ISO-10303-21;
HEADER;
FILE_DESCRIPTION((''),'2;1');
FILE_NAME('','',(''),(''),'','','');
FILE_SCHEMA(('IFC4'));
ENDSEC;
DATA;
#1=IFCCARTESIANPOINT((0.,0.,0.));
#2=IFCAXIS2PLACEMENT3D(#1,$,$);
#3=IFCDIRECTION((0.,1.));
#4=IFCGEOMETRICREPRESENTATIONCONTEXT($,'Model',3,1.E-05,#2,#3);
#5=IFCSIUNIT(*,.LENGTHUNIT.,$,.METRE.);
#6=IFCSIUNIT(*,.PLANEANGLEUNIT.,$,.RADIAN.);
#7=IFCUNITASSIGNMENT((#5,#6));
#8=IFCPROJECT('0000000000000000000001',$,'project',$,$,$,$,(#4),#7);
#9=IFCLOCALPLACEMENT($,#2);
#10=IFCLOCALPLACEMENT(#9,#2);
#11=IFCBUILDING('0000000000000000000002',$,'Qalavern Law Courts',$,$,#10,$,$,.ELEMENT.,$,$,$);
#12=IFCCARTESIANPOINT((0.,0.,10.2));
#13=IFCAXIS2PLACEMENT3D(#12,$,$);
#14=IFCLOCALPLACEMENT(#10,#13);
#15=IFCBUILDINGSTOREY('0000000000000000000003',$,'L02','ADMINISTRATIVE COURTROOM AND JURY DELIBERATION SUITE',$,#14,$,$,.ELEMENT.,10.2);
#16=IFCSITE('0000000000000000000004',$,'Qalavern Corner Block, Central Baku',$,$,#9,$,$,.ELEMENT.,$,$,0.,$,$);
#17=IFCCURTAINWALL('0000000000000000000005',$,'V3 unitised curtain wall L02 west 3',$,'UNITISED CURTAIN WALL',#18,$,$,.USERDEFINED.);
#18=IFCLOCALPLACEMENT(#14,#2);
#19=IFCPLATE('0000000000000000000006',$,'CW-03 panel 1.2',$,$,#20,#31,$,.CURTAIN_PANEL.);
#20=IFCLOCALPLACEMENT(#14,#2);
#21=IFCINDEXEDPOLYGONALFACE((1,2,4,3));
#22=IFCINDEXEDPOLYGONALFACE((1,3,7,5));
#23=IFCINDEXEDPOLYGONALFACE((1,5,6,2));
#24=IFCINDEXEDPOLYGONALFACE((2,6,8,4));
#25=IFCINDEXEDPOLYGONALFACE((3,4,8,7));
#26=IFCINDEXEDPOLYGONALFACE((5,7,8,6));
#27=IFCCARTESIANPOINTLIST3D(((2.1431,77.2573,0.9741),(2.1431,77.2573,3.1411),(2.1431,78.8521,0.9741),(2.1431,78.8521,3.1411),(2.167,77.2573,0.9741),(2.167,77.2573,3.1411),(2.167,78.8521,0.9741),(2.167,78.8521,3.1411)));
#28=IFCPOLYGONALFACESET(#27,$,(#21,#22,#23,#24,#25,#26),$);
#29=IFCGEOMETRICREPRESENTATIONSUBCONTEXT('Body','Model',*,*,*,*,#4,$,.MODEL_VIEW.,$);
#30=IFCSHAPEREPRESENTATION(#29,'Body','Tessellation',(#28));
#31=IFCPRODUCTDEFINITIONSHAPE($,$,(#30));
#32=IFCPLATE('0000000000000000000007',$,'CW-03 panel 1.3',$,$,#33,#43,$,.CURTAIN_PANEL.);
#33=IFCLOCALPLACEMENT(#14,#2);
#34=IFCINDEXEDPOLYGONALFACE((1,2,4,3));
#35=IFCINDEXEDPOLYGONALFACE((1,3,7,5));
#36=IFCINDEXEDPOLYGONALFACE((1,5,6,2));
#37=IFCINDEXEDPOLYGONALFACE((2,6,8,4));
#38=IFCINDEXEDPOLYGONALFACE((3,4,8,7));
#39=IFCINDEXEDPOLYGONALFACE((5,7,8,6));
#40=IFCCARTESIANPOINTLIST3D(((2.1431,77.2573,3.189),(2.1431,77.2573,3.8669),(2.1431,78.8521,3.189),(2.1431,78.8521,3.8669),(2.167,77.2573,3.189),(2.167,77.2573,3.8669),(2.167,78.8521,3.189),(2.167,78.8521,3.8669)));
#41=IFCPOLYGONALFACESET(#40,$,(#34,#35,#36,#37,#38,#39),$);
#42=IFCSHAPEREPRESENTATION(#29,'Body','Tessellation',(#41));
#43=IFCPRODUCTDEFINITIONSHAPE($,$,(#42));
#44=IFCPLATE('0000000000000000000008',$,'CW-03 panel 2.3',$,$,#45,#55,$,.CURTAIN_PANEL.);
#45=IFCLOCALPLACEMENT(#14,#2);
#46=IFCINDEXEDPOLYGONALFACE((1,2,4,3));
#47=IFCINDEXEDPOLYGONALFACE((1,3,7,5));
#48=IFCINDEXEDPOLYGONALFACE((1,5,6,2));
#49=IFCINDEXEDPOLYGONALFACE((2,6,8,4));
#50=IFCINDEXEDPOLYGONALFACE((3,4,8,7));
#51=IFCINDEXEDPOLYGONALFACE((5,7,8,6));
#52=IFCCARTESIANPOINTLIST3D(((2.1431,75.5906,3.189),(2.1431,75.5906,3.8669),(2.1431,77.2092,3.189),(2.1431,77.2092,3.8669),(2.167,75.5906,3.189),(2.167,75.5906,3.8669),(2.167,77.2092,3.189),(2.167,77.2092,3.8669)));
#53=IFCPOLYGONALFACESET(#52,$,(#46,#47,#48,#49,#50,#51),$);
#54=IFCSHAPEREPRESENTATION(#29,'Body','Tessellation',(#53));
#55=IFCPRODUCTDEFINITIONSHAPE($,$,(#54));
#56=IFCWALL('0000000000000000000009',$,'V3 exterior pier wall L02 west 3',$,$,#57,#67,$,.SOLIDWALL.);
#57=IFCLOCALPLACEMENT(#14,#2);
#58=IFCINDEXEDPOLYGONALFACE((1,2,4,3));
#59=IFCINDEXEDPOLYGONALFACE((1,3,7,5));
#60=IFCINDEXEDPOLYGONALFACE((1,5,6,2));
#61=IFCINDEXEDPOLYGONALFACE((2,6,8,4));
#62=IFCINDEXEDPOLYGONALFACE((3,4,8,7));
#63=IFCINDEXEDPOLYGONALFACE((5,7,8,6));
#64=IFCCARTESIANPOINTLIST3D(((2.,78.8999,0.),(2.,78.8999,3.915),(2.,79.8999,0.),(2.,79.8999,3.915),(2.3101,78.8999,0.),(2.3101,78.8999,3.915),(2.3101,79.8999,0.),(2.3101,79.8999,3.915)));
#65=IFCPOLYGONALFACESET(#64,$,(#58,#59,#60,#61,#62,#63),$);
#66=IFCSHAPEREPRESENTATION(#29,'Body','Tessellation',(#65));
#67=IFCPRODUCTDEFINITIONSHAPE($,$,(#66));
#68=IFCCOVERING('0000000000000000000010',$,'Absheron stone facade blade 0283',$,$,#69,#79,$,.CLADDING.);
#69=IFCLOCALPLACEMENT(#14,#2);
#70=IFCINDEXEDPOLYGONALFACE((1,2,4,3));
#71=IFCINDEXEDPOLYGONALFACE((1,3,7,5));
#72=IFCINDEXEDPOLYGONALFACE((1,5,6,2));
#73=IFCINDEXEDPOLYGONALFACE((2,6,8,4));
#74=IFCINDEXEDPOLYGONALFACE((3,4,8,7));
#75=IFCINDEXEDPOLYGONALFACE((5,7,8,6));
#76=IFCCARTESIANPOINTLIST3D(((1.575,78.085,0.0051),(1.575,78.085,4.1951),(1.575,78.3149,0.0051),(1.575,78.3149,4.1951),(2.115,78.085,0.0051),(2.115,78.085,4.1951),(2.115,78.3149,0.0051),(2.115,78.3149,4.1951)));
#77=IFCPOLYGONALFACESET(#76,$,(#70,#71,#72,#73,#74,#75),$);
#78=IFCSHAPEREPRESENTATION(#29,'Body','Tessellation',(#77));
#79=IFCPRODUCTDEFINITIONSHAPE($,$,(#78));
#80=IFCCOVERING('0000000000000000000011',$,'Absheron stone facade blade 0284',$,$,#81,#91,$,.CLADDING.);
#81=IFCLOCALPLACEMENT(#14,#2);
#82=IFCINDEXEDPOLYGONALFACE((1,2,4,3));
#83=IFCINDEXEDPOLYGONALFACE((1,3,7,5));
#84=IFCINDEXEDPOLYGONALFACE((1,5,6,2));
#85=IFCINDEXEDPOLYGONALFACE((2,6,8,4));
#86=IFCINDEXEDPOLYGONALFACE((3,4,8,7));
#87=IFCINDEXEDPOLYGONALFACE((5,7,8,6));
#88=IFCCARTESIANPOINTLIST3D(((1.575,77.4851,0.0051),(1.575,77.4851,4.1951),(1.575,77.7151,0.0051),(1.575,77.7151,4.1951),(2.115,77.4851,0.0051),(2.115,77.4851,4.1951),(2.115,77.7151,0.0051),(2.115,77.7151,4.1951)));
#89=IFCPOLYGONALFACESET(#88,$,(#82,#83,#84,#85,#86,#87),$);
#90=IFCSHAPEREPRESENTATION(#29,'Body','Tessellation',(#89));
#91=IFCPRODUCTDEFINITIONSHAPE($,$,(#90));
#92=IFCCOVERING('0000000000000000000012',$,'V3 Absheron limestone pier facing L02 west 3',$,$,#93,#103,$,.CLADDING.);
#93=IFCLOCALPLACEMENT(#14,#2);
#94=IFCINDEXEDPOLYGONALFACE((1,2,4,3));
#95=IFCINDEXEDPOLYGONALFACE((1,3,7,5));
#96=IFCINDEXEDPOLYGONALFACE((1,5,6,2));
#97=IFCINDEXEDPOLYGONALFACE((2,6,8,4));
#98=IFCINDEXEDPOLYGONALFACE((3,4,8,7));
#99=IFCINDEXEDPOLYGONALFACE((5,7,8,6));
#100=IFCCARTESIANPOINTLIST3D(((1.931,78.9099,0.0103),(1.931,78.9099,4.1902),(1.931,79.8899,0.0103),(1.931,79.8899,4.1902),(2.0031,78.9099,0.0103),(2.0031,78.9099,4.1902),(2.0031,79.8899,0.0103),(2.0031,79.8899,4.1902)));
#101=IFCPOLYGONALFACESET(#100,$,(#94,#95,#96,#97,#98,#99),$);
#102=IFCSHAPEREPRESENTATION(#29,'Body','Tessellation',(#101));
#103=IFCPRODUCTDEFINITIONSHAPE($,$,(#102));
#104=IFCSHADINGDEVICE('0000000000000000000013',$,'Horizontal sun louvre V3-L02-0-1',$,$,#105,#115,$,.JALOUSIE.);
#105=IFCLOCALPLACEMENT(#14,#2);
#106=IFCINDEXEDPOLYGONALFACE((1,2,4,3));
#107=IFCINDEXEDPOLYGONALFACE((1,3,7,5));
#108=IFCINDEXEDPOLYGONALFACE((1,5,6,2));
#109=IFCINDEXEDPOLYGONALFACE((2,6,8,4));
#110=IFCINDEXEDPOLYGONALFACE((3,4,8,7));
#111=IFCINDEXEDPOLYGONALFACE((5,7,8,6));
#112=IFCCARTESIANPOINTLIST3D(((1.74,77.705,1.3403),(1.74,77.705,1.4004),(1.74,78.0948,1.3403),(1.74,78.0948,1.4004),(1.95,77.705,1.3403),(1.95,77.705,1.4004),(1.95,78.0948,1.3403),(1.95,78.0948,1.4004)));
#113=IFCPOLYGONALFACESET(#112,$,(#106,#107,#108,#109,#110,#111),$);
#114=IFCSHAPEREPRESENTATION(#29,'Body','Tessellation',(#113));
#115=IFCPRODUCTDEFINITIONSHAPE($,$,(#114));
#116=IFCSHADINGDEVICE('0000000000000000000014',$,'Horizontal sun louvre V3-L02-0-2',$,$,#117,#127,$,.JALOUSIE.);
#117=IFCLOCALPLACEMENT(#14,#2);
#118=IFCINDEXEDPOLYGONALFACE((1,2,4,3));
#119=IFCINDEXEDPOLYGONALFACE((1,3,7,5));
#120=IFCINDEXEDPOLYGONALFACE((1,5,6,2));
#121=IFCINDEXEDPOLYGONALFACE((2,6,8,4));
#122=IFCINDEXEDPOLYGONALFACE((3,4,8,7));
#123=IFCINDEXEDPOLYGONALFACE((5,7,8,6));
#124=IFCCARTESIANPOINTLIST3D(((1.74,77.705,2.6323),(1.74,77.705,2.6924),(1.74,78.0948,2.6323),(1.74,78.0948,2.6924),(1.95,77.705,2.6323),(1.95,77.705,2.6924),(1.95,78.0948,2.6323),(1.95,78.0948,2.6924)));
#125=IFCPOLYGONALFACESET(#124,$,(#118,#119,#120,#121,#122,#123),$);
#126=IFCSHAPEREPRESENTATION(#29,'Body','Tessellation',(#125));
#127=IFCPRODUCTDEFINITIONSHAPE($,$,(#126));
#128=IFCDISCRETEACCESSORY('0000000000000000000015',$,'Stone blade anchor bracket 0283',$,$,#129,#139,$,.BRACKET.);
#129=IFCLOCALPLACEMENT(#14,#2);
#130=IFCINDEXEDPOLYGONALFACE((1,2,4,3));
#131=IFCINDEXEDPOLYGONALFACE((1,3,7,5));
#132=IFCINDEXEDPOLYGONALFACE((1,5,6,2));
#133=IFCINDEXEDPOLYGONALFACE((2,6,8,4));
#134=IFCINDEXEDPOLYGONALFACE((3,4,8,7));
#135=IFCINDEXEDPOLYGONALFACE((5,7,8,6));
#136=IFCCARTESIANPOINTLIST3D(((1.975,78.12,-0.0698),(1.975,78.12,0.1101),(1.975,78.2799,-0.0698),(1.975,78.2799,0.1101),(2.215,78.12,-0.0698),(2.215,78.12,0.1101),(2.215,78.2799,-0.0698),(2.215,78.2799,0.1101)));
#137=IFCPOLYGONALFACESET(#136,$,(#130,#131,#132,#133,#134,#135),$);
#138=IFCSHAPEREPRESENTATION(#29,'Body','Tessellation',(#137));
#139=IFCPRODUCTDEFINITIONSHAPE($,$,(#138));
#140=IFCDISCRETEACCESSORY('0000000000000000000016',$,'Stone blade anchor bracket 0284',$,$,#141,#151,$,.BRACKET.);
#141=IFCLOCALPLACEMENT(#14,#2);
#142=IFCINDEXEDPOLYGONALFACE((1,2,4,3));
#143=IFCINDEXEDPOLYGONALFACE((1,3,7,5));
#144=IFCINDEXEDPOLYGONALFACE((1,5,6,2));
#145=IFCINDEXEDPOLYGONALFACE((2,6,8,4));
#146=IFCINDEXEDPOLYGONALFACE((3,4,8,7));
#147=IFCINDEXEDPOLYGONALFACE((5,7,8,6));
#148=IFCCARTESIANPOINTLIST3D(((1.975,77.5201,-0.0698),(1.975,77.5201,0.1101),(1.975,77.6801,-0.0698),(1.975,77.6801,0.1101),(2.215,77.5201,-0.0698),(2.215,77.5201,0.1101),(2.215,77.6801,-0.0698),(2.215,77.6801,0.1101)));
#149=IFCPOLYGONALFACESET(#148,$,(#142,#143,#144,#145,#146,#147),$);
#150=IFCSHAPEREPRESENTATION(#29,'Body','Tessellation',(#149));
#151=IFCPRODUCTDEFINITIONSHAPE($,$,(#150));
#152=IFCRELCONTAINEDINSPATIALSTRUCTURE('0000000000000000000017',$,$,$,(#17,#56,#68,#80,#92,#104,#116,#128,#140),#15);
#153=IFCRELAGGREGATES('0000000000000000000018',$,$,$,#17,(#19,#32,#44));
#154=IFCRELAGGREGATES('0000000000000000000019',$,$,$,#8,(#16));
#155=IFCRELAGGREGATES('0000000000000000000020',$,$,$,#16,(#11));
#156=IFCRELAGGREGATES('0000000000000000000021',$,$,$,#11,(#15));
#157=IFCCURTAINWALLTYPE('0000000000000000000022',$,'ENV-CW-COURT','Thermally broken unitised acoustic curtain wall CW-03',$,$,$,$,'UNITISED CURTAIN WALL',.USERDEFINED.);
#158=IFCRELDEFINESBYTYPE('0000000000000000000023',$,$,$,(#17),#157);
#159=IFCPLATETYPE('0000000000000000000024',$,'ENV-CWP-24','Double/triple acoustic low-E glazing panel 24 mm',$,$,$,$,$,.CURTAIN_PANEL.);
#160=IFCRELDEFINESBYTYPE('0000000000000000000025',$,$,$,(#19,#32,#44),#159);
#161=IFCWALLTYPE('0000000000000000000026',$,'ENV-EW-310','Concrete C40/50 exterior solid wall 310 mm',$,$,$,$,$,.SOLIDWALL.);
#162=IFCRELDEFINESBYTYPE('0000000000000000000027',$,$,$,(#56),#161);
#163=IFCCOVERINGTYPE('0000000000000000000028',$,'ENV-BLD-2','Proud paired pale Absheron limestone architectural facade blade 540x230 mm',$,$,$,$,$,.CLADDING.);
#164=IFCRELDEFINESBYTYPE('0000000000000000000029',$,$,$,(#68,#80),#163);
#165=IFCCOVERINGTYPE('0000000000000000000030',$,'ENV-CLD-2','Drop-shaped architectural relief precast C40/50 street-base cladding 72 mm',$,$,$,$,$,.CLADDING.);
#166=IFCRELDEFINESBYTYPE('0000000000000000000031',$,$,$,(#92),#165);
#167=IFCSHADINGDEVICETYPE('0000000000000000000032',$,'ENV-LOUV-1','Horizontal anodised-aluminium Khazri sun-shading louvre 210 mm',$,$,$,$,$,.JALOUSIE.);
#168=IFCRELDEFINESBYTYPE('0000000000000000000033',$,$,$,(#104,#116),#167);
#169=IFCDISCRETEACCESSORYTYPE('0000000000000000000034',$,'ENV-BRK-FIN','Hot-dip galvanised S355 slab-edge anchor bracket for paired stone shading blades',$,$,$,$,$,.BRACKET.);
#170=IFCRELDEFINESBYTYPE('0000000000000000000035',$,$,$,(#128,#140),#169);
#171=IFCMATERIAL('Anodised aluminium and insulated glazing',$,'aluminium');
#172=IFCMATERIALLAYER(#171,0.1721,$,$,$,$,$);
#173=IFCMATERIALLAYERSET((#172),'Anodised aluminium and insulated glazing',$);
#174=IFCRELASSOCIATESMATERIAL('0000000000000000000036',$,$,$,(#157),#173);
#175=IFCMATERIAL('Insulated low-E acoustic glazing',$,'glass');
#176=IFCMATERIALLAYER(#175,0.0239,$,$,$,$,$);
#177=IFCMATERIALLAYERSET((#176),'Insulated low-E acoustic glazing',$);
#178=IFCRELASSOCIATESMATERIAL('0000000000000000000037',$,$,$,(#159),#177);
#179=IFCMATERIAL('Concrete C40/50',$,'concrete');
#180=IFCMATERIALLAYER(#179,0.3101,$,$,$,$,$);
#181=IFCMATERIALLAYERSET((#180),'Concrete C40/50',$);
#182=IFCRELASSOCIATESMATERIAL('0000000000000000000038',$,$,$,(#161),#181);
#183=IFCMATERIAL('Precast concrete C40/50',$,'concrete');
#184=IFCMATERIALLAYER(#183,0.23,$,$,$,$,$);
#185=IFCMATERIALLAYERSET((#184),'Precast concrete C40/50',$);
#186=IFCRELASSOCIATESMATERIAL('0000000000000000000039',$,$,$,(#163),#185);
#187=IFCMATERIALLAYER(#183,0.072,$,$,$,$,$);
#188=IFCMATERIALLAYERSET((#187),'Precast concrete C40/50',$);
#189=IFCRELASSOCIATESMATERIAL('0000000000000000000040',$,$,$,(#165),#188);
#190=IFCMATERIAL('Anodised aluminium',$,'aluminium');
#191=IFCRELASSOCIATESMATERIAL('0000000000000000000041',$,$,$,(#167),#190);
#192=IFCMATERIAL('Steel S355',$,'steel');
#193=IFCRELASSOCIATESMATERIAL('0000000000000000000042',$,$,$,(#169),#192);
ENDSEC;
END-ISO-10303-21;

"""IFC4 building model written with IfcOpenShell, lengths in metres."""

from ifc_helpers import new_model, si_unit, direction, frame, frame_2d, origin, origin_2d, place, context, subcontext, project, spatial, rectangle, extrude, material, layer, layer_set, type_object, element, aggregate, save


model = new_model("IFC4")

# Units and contexts
model_context = context("Model", 3, precision=1e-05, world=origin(), true_north=direction((0.0, 1.0)))
body_context = subcontext(model_context, "Body", "Model", "MODEL_VIEW")
ifc_project = project(units=[si_unit("LENGTHUNIT", "METRE"), si_unit("PLANEANGLEUNIT", "RADIAN")], contexts=[model_context])

# Site, building, storey
site_placement = place(None, origin())
site = spatial("IfcSite", under=ifc_project, at=site_placement, Name="Qalavern Corner Block, Central Baku", CompositionType="ELEMENT", RefElevation=0.0)
building_placement = place(site_placement, origin())
building = spatial("IfcBuilding", under=site, at=building_placement, Name="Qalavern Law Courts", CompositionType="ELEMENT")
storey_placement = place(building_placement, frame((0.0, 0.0, 10.2)))
storey = spatial("IfcBuildingStorey", under=building, at=storey_placement, Name="L02", Description="ADMINISTRATIVE COURTROOM AND JURY DELIBERATION SUITE", CompositionType="ELEMENT", Elevation=10.2)

# Curtain wall, plates
ifc_material_1 = material(Name="Anodised aluminium and insulated glazing", Category="aluminium")
ifc_layer_1 = layer(ifc_material_1, 0.1721)
ifc_layer_set_1 = layer_set([ifc_layer_1], Name="Anodised aluminium and insulated glazing")
curtain_wall_type = type_object("IfcCurtainWallType", Name="ENV-CW-COURT", Description="Thermally broken unitised acoustic curtain wall CW-03", ElementType="UNITISED CURTAIN WALL", PredefinedType="USERDEFINED", material=ifc_layer_set_1)
curtain_wall_placement = place(storey_placement, origin())
curtain_wall = element("IfcCurtainWall", 1, at=curtain_wall_placement, inside=storey, type_object=curtain_wall_type, Name="V3 unitised curtain wall L02 west 3", ObjectType="UNITISED CURTAIN WALL", PredefinedType="USERDEFINED")
ifc_material_2 = material(Name="Anodised aluminium", Category="aluminium")
ifc_material_3 = material(Name="Insulated low-E acoustic glazing", Category="glass")
ifc_layer_2 = layer(ifc_material_3, 0.0239)
ifc_layer_set_2 = layer_set([ifc_layer_2], Name="Insulated low-E acoustic glazing")
plate_type = type_object("IfcPlateType", Name="ENV-CWP-24", Description="Double/triple acoustic low-E glazing panel 24 mm", PredefinedType="CURTAIN_PANEL", material=ifc_layer_set_2)
plate_1_placement = place(storey_placement, frame((2.155, 78.0547, 0.9741), z_axis=(0.0, 0.0, 1.0), x_axis=(0.0, -1.0, 0.0)))
plate_1 = element("IfcPlate", 2, at=plate_1_placement, type_object=plate_type, Name="CW-03 panel 1.2", PredefinedType="CURTAIN_PANEL", context=body_context, shape_type="SweptSolid", body=[
    extrude(rectangle(XDim=1.5947, YDim=0.0239, at=origin_2d()), origin(), (0.0, 0.0, 1.0), 2.167),
])
plate_2_placement = place(storey_placement, frame((2.155, 78.0547, 3.189), z_axis=(0.0, 0.0, 1.0), x_axis=(0.0, -1.0, 0.0)))
plate_2 = element("IfcPlate", 3, at=plate_2_placement, type_object=plate_type, Name="CW-03 panel 1.3", PredefinedType="CURTAIN_PANEL", context=body_context, shape_type="SweptSolid", body=[
    extrude(rectangle(XDim=1.5947, YDim=0.0239, at=origin_2d()), origin(), (0.0, 0.0, 1.0), 0.678),
])
plate_3_placement = place(storey_placement, frame((2.155, 76.3999, 3.189), z_axis=(0.0, 0.0, 1.0), x_axis=(0.0, -1.0, 0.0)))
plate_3 = element("IfcPlate", 4, at=plate_3_placement, type_object=plate_type, Name="CW-03 panel 2.3", PredefinedType="CURTAIN_PANEL", context=body_context, shape_type="SweptSolid", body=[
    extrude(rectangle(XDim=1.6187, YDim=0.0239, at=origin_2d()), origin(), (0.0, 0.0, 1.0), 0.678),
])
aggregate(curtain_wall, [plate_1, plate_2, plate_3])

# Wall
ifc_material_4 = material(Name="Concrete C40/50", Category="concrete")
ifc_layer_3 = layer(ifc_material_4, 0.3101)
ifc_layer_set_3 = layer_set([ifc_layer_3], Name="Concrete C40/50")
wall_type = type_object("IfcWallType", Name="ENV-EW-310", Description="Concrete C40/50 exterior solid wall 310 mm", PredefinedType="SOLIDWALL", material=ifc_layer_set_3)
wall_placement = place(storey_placement, frame((2.155, 79.8999, 0.0), z_axis=(0.0, 0.0, 1.0), x_axis=(0.0, -1.0, 0.0)))
element("IfcWall", 5, at=wall_placement, inside=storey, type_object=wall_type, Name="V3 exterior pier wall L02 west 3", PredefinedType="SOLIDWALL", context=body_context, shape_type="SweptSolid", body=[
    extrude(rectangle(XDim=1.0, YDim=0.3101, at=frame_2d((0.5, 0.0))), origin(), (0.0, 0.0, 1.0), 3.915),
])

# Coverings
ifc_material_5 = material(Name="Precast concrete C40/50", Category="concrete")
ifc_layer_4 = layer(ifc_material_5, 0.23)
ifc_layer_set_4 = layer_set([ifc_layer_4], Name="Precast concrete C40/50")
covering_type_1 = type_object("IfcCoveringType", Name="ENV-BLD-2", Description="Proud paired pale Absheron limestone architectural facade blade 540x230 mm", PredefinedType="CLADDING", material=ifc_layer_set_4)
for number, where, z_axis, x_axis, name in (
    (6, (1.845, 78.2, 0.0051), (0.0, 0.0, 1.0), (-1.0, 0.0, 0.0), "Absheron stone facade blade 0283"),
    (7, (1.845, 77.6001, 0.0051), (0.0, 0.0, 1.0), (-1.0, 0.0, 0.0), "Absheron stone facade blade 0284"),
):
    element("IfcCovering", number, at=place(storey_placement, frame(where, z_axis=z_axis, x_axis=x_axis)), inside=storey, type_object=covering_type_1, Name=name, PredefinedType="CLADDING", context=body_context, shape_type="SweptSolid", body=[
        extrude(rectangle(XDim=0.54, YDim=0.23, at=origin_2d()), origin(), (0.0, 0.0, 1.0), 4.1899),
    ])
ifc_layer_5 = layer(ifc_material_5, 0.072)
ifc_layer_set_5 = layer_set([ifc_layer_5], Name="Precast concrete C40/50")
covering_type_2 = type_object("IfcCoveringType", Name="ENV-CLD-2", Description="Drop-shaped architectural relief precast C40/50 street-base cladding 72 mm", PredefinedType="CLADDING", material=ifc_layer_set_5)
covering_placement = place(storey_placement, frame((1.967, 79.3999, 0.0103), z_axis=(0.0, 0.0, 1.0), x_axis=(0.0, -1.0, 0.0)))
element("IfcCovering", 8, at=covering_placement, inside=storey, type_object=covering_type_2, Name="V3 Absheron limestone pier facing L02 west 3", PredefinedType="CLADDING", context=body_context, shape_type="SweptSolid", body=[
    extrude(rectangle(XDim=0.98, YDim=0.072, at=origin_2d()), origin(), (0.0, 0.0, 1.0), 4.1799),
])

# Shading devices
shading_device_type = type_object("IfcShadingDeviceType", Name="ENV-LOUV-1", Description="Horizontal anodised-aluminium Khazri sun-shading louvre 210 mm", PredefinedType="JALOUSIE", material=ifc_material_2)
for number, where, z_axis, x_axis, name in (
    (9, (1.845, 77.8999, 1.3403), (0.0, 0.0, 1.0), (0.0, -1.0, 0.0), "Horizontal sun louvre V3-L02-0-1"),
    (10, (1.845, 77.8999, 2.6323), (0.0, 0.0, 1.0), (0.0, -1.0, 0.0), "Horizontal sun louvre V3-L02-0-2"),
):
    element("IfcShadingDevice", number, at=place(storey_placement, frame(where, z_axis=z_axis, x_axis=x_axis)), inside=storey, type_object=shading_device_type, Name=name, PredefinedType="JALOUSIE", context=body_context, shape_type="SweptSolid", body=[
        extrude(rectangle(XDim=0.3899, YDim=0.21, at=origin_2d()), origin(), (0.0, 0.0, 1.0), 0.0601),
    ])

# Discrete accessories
ifc_material_6 = material(Name="Steel S355", Category="steel")
discrete_accessory_type = type_object("IfcDiscreteAccessoryType", Name="ENV-BRK-FIN", Description="Hot-dip galvanised S355 slab-edge anchor bracket for paired stone shading blades", PredefinedType="BRACKET", material=ifc_material_6)
for number, where, z_axis, x_axis, name in (
    (11, (2.095, 78.2, -0.0698), (0.0, 0.0, 1.0), (-1.0, 0.0, 0.0), "Stone blade anchor bracket 0283"),
    (12, (2.095, 77.6001, -0.0698), (0.0, 0.0, 1.0), (-1.0, 0.0, 0.0), "Stone blade anchor bracket 0284"),
):
    element("IfcDiscreteAccessory", number, at=place(storey_placement, frame(where, z_axis=z_axis, x_axis=x_axis)), inside=storey, type_object=discrete_accessory_type, Name=name, PredefinedType="BRACKET", context=body_context, shape_type="SweptSolid", body=[
        extrude(rectangle(XDim=0.24, YDim=0.1599, at=origin_2d()), origin(), (0.0, 0.0, 1.0), 0.1799),
    ])

save(model, "model.ifc")
